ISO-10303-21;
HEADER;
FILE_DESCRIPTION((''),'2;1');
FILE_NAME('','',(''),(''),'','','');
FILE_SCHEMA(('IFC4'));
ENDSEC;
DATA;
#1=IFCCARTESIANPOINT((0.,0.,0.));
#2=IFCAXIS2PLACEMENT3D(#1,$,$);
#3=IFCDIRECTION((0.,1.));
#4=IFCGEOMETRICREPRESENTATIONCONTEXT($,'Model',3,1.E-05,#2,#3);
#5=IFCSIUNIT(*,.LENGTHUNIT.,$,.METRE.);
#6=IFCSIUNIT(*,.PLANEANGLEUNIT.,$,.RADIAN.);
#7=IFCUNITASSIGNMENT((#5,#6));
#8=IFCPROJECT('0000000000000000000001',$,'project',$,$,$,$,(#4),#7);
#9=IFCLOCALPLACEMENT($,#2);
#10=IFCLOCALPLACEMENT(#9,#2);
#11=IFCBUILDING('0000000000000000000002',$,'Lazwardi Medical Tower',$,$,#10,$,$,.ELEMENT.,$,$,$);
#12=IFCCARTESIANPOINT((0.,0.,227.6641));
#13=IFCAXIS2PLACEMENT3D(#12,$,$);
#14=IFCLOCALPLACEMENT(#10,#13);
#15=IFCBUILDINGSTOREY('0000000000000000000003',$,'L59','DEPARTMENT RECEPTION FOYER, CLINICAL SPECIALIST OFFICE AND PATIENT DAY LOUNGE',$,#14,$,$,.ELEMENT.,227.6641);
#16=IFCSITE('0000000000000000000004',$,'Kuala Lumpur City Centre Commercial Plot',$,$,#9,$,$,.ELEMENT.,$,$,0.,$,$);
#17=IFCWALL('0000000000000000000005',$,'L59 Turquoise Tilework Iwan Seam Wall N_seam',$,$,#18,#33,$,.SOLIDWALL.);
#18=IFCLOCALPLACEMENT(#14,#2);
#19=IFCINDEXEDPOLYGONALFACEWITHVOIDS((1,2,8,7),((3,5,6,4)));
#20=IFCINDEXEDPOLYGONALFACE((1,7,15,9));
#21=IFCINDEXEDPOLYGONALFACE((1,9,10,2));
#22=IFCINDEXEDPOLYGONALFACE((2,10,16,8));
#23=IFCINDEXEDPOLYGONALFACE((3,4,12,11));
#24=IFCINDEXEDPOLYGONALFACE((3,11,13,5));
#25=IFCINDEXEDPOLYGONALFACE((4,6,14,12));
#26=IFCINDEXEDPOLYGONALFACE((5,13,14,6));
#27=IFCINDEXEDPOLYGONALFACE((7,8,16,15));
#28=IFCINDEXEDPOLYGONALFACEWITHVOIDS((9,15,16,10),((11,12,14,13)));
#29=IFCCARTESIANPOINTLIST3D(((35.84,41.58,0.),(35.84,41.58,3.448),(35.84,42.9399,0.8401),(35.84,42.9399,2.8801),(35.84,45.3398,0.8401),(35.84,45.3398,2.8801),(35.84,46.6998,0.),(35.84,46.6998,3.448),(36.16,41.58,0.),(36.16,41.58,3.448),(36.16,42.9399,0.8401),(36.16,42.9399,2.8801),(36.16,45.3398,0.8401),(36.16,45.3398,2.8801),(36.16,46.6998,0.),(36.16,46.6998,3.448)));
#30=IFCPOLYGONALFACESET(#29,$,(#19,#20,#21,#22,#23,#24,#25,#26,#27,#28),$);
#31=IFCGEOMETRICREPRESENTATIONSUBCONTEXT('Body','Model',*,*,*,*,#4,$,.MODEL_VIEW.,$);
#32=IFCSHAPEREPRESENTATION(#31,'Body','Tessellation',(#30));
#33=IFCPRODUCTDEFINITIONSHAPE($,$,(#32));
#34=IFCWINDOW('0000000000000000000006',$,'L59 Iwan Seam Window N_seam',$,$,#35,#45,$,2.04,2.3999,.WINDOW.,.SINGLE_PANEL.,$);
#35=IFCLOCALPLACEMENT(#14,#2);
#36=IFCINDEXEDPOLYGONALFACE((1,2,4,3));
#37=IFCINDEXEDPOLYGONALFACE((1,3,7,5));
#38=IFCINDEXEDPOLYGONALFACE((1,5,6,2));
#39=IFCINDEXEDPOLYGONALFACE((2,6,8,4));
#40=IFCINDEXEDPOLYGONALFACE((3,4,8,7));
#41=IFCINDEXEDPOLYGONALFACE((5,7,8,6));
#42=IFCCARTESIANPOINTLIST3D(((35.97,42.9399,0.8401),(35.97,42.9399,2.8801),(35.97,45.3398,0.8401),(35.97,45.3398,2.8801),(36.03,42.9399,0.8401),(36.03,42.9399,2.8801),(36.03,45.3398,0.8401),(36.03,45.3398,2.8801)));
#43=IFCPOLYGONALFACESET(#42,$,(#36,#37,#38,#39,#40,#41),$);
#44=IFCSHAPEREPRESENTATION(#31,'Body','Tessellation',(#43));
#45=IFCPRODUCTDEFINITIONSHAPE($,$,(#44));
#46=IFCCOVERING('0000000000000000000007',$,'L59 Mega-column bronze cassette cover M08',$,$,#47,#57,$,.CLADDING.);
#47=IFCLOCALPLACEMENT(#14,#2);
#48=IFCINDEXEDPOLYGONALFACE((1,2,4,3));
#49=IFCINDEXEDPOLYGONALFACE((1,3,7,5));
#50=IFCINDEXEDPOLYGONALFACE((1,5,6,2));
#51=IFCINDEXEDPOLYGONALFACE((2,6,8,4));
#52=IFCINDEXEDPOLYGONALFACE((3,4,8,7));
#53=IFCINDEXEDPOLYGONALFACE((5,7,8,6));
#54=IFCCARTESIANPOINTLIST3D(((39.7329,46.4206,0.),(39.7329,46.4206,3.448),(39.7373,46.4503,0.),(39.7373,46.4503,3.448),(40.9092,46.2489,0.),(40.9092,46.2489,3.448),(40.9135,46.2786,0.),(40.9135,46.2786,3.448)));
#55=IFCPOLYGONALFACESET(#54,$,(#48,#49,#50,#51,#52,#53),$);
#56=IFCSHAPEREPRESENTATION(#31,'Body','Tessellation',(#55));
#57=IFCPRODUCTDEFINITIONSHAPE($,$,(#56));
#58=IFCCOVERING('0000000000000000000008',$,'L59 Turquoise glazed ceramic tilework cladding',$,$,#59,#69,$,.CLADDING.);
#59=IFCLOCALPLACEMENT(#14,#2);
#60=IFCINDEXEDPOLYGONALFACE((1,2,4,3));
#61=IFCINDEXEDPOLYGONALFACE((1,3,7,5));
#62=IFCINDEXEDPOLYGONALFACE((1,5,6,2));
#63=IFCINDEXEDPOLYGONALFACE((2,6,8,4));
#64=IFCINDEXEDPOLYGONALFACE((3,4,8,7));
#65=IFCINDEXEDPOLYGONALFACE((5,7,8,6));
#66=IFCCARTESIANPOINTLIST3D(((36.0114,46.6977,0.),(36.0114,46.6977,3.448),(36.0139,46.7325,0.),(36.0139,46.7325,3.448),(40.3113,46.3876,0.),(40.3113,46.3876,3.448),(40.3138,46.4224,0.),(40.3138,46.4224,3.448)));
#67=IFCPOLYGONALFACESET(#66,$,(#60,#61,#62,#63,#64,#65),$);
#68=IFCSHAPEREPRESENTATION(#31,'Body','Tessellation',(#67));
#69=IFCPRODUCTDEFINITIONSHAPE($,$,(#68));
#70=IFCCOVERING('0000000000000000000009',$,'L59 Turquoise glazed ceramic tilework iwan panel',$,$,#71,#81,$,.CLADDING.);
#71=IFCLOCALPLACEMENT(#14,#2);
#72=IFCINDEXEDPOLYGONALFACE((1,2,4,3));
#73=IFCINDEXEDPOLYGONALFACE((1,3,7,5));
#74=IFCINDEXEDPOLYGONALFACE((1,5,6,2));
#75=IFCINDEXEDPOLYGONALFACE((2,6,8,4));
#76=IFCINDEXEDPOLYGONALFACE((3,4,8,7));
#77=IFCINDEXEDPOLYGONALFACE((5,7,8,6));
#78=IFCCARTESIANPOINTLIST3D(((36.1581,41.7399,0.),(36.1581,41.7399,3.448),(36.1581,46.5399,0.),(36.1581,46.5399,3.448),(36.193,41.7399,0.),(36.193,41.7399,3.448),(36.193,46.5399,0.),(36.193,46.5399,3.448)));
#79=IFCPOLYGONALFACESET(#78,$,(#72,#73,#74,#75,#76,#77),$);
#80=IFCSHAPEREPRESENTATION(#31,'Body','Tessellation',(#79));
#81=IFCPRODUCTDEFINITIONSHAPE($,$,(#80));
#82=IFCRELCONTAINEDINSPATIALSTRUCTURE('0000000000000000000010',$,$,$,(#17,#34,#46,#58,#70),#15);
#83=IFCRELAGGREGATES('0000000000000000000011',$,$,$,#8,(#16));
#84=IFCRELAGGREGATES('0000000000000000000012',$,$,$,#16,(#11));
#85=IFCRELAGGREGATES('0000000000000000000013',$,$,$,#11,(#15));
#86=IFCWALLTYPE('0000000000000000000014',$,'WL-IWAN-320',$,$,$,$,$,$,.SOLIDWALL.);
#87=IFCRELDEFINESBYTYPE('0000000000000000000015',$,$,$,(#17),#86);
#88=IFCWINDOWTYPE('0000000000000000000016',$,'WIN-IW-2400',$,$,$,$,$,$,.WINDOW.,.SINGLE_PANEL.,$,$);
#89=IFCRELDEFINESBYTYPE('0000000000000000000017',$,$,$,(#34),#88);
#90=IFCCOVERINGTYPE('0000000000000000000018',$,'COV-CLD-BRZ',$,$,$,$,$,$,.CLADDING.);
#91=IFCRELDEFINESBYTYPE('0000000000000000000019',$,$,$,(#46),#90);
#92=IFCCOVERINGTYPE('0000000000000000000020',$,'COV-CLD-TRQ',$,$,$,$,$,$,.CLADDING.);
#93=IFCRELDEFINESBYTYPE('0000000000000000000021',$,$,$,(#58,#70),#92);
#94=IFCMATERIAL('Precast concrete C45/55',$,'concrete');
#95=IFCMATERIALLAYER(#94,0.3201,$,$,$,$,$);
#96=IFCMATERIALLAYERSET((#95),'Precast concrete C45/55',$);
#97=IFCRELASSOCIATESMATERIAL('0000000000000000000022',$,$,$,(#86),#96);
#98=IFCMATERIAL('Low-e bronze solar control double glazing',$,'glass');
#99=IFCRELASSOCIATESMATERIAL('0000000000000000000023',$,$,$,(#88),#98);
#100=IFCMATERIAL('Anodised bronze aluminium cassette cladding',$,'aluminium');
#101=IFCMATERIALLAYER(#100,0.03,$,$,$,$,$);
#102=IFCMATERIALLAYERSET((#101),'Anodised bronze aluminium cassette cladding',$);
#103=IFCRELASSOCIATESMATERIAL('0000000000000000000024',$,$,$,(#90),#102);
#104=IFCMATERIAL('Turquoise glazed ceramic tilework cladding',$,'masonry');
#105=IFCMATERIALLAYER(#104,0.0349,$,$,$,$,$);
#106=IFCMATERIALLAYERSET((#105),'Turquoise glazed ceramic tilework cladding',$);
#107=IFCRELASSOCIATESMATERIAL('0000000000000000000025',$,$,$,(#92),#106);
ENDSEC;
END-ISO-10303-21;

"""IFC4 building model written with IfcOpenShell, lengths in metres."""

from ifc_helpers import new_model, si_unit, direction, frame, frame_2d, origin, origin_2d, place, context, subcontext, project, spatial, rectangle, extrude, material, layer, layer_set, type_object, element, fill, save


model = new_model("IFC4")

# Units and contexts
model_context = context("Model", 3, precision=1e-05, world=origin(), true_north=direction((0.0, 1.0)))
body_context = subcontext(model_context, "Body", "Model", "MODEL_VIEW")
ifc_project = project(units=[si_unit("LENGTHUNIT", "METRE"), si_unit("PLANEANGLEUNIT", "RADIAN")], contexts=[model_context])

# Site, building, storey
site_placement = place(None, origin())
site = spatial("IfcSite", under=ifc_project, at=site_placement, Name="Kuala Lumpur City Centre Commercial Plot", CompositionType="ELEMENT", RefElevation=0.0)
building_placement = place(site_placement, origin())
building = spatial("IfcBuilding", under=site, at=building_placement, Name="Lazwardi Medical Tower", CompositionType="ELEMENT")
storey_placement = place(building_placement, frame((0.0, 0.0, 227.6641)))
storey = spatial("IfcBuildingStorey", under=building, at=storey_placement, Name="L59", Description="DEPARTMENT RECEPTION FOYER, CLINICAL SPECIALIST OFFICE AND PATIENT DAY LOUNGE", CompositionType="ELEMENT", Elevation=227.6641)

# Shared definitions
ifc_material_1 = material(Name="Low-e bronze solar control double glazing", Category="glass")

# Wall, opening, window
ifc_material_2 = material(Name="Precast concrete C45/55", Category="concrete")
ifc_layer_1 = layer(ifc_material_2, 0.3201)
ifc_layer_set_1 = layer_set([ifc_layer_1], Name="Precast concrete C45/55")
wall_type = type_object("IfcWallType", Name="WL-IWAN-320", PredefinedType="SOLIDWALL", material=ifc_layer_set_1)
wall_1_placement = place(storey_placement, frame((36.0, 46.7, 0.0), z_axis=(0.0, 0.0, 1.0), x_axis=(0.0, -1.0, 0.0)))
wall_1 = element("IfcWall", 1, at=wall_1_placement, inside=storey, type_object=wall_type, Name="L59 Turquoise Tilework Iwan Seam Wall N_seam", PredefinedType="SOLIDWALL", context=body_context, shape_type="SweptSolid", body=[
    extrude(rectangle(XDim=5.1199, YDim=0.3201, at=frame_2d((2.5601, 0.0))), origin(), (0.0, 0.0, 1.0), 3.448),
])
opening_1_placement = place(wall_1_placement, frame((1.3601, 0.0, 0.8401)))
opening_1 = element("IfcOpeningElement", 2, at=opening_1_placement, cuts=wall_1, PredefinedType="OPENING", context=body_context, shape_type="SweptSolid", body=[
    extrude(rectangle(XDim=2.3999, YDim=2.04, at=frame_2d((1.2, 1.02))), frame((0.0, 0.1699, 0.0), z_axis=(0.0, -1.0, 0.0), x_axis=(1.0, 0.0, 0.0)), (0.0, 0.0, 1.0), 0.3401),
])
window_type_1 = type_object("IfcWindowType", Name="WIN-IW-2400", PartitioningType="SINGLE_PANEL", PredefinedType="WINDOW", material=ifc_material_1)
window_1_placement = place(opening_1_placement, origin())
window_1 = element("IfcWindow", 3, at=window_1_placement, inside=storey, type_object=window_type_1, Name="L59 Iwan Seam Window N_seam", OverallHeight=2.04, OverallWidth=2.3999, PartitioningType="SINGLE_PANEL", PredefinedType="WINDOW", context=body_context, shape_type="SweptSolid", body=[
    extrude(rectangle(XDim=2.3999, YDim=2.04, at=frame_2d((1.2, 1.02))), frame((0.0, 0.03, 0.0), z_axis=(0.0, -1.0, 0.0), x_axis=(1.0, 0.0, 0.0)), (0.0, 0.0, 1.0), 0.0601),
])
fill(opening_1, window_1)

# Coverings
ifc_material_3 = material(Name="Anodised bronze aluminium cassette cladding", Category="aluminium")
ifc_layer_2 = layer(ifc_material_3, 0.03)
ifc_layer_set_2 = layer_set([ifc_layer_2], Name="Anodised bronze aluminium cassette cladding")
covering_type_1 = type_object("IfcCoveringType", Name="COV-CLD-BRZ", PredefinedType="CLADDING", material=ifc_layer_set_2)
covering_1_placement = place(storey_placement, frame((40.3232, 46.3496, 0.0), z_axis=(0.0, 0.0, 1.0), x_axis=(-0.989512, 0.144448, 0.0)))
element("IfcCovering", 4, at=covering_1_placement, inside=storey, type_object=covering_type_1, Name="L59 Mega-column bronze cassette cover M08", PredefinedType="CLADDING", context=body_context, shape_type="SweptSolid", body=[
    extrude(rectangle(XDim=1.1887, YDim=0.03, at=origin_2d()), origin(), (0.0, 0.0, 1.0), 3.448),
])
ifc_material_4 = material(Name="Turquoise glazed ceramic tilework cladding", Category="masonry")
ifc_layer_3 = layer(ifc_material_4, 0.0349)
ifc_layer_set_3 = layer_set([ifc_layer_3], Name="Turquoise glazed ceramic tilework cladding")
covering_type_2 = type_object("IfcCoveringType", Name="COV-CLD-TRQ", PredefinedType="CLADDING", material=ifc_layer_set_3)
covering_2_placement = place(storey_placement, frame((38.1626, 46.5601, 0.0), z_axis=(0.0, 0.0, 1.0), x_axis=(-0.997409, 0.071933, 0.0)))
element("IfcCovering", 5, at=covering_2_placement, inside=storey, type_object=covering_type_2, Name="L59 Turquoise glazed ceramic tilework cladding", PredefinedType="CLADDING", context=body_context, shape_type="SweptSolid", body=[
    extrude(rectangle(XDim=4.311, YDim=0.0349, at=origin_2d()), origin(), (0.0, 0.0, 1.0), 3.448),
])
covering_3_placement = place(storey_placement, frame((36.1755, 44.1399, 0.0), z_axis=(0.0, 0.0, 1.0), x_axis=(0.0, -1.0, 0.0)))
element("IfcCovering", 6, at=covering_3_placement, inside=storey, type_object=covering_type_2, Name="L59 Turquoise glazed ceramic tilework iwan panel", PredefinedType="CLADDING", context=body_context, shape_type="SweptSolid", body=[
    extrude(rectangle(XDim=4.8, YDim=0.0349, at=origin_2d()), origin(), (0.0, 0.0, 1.0), 3.448),
])

save(model, "model.ifc")
